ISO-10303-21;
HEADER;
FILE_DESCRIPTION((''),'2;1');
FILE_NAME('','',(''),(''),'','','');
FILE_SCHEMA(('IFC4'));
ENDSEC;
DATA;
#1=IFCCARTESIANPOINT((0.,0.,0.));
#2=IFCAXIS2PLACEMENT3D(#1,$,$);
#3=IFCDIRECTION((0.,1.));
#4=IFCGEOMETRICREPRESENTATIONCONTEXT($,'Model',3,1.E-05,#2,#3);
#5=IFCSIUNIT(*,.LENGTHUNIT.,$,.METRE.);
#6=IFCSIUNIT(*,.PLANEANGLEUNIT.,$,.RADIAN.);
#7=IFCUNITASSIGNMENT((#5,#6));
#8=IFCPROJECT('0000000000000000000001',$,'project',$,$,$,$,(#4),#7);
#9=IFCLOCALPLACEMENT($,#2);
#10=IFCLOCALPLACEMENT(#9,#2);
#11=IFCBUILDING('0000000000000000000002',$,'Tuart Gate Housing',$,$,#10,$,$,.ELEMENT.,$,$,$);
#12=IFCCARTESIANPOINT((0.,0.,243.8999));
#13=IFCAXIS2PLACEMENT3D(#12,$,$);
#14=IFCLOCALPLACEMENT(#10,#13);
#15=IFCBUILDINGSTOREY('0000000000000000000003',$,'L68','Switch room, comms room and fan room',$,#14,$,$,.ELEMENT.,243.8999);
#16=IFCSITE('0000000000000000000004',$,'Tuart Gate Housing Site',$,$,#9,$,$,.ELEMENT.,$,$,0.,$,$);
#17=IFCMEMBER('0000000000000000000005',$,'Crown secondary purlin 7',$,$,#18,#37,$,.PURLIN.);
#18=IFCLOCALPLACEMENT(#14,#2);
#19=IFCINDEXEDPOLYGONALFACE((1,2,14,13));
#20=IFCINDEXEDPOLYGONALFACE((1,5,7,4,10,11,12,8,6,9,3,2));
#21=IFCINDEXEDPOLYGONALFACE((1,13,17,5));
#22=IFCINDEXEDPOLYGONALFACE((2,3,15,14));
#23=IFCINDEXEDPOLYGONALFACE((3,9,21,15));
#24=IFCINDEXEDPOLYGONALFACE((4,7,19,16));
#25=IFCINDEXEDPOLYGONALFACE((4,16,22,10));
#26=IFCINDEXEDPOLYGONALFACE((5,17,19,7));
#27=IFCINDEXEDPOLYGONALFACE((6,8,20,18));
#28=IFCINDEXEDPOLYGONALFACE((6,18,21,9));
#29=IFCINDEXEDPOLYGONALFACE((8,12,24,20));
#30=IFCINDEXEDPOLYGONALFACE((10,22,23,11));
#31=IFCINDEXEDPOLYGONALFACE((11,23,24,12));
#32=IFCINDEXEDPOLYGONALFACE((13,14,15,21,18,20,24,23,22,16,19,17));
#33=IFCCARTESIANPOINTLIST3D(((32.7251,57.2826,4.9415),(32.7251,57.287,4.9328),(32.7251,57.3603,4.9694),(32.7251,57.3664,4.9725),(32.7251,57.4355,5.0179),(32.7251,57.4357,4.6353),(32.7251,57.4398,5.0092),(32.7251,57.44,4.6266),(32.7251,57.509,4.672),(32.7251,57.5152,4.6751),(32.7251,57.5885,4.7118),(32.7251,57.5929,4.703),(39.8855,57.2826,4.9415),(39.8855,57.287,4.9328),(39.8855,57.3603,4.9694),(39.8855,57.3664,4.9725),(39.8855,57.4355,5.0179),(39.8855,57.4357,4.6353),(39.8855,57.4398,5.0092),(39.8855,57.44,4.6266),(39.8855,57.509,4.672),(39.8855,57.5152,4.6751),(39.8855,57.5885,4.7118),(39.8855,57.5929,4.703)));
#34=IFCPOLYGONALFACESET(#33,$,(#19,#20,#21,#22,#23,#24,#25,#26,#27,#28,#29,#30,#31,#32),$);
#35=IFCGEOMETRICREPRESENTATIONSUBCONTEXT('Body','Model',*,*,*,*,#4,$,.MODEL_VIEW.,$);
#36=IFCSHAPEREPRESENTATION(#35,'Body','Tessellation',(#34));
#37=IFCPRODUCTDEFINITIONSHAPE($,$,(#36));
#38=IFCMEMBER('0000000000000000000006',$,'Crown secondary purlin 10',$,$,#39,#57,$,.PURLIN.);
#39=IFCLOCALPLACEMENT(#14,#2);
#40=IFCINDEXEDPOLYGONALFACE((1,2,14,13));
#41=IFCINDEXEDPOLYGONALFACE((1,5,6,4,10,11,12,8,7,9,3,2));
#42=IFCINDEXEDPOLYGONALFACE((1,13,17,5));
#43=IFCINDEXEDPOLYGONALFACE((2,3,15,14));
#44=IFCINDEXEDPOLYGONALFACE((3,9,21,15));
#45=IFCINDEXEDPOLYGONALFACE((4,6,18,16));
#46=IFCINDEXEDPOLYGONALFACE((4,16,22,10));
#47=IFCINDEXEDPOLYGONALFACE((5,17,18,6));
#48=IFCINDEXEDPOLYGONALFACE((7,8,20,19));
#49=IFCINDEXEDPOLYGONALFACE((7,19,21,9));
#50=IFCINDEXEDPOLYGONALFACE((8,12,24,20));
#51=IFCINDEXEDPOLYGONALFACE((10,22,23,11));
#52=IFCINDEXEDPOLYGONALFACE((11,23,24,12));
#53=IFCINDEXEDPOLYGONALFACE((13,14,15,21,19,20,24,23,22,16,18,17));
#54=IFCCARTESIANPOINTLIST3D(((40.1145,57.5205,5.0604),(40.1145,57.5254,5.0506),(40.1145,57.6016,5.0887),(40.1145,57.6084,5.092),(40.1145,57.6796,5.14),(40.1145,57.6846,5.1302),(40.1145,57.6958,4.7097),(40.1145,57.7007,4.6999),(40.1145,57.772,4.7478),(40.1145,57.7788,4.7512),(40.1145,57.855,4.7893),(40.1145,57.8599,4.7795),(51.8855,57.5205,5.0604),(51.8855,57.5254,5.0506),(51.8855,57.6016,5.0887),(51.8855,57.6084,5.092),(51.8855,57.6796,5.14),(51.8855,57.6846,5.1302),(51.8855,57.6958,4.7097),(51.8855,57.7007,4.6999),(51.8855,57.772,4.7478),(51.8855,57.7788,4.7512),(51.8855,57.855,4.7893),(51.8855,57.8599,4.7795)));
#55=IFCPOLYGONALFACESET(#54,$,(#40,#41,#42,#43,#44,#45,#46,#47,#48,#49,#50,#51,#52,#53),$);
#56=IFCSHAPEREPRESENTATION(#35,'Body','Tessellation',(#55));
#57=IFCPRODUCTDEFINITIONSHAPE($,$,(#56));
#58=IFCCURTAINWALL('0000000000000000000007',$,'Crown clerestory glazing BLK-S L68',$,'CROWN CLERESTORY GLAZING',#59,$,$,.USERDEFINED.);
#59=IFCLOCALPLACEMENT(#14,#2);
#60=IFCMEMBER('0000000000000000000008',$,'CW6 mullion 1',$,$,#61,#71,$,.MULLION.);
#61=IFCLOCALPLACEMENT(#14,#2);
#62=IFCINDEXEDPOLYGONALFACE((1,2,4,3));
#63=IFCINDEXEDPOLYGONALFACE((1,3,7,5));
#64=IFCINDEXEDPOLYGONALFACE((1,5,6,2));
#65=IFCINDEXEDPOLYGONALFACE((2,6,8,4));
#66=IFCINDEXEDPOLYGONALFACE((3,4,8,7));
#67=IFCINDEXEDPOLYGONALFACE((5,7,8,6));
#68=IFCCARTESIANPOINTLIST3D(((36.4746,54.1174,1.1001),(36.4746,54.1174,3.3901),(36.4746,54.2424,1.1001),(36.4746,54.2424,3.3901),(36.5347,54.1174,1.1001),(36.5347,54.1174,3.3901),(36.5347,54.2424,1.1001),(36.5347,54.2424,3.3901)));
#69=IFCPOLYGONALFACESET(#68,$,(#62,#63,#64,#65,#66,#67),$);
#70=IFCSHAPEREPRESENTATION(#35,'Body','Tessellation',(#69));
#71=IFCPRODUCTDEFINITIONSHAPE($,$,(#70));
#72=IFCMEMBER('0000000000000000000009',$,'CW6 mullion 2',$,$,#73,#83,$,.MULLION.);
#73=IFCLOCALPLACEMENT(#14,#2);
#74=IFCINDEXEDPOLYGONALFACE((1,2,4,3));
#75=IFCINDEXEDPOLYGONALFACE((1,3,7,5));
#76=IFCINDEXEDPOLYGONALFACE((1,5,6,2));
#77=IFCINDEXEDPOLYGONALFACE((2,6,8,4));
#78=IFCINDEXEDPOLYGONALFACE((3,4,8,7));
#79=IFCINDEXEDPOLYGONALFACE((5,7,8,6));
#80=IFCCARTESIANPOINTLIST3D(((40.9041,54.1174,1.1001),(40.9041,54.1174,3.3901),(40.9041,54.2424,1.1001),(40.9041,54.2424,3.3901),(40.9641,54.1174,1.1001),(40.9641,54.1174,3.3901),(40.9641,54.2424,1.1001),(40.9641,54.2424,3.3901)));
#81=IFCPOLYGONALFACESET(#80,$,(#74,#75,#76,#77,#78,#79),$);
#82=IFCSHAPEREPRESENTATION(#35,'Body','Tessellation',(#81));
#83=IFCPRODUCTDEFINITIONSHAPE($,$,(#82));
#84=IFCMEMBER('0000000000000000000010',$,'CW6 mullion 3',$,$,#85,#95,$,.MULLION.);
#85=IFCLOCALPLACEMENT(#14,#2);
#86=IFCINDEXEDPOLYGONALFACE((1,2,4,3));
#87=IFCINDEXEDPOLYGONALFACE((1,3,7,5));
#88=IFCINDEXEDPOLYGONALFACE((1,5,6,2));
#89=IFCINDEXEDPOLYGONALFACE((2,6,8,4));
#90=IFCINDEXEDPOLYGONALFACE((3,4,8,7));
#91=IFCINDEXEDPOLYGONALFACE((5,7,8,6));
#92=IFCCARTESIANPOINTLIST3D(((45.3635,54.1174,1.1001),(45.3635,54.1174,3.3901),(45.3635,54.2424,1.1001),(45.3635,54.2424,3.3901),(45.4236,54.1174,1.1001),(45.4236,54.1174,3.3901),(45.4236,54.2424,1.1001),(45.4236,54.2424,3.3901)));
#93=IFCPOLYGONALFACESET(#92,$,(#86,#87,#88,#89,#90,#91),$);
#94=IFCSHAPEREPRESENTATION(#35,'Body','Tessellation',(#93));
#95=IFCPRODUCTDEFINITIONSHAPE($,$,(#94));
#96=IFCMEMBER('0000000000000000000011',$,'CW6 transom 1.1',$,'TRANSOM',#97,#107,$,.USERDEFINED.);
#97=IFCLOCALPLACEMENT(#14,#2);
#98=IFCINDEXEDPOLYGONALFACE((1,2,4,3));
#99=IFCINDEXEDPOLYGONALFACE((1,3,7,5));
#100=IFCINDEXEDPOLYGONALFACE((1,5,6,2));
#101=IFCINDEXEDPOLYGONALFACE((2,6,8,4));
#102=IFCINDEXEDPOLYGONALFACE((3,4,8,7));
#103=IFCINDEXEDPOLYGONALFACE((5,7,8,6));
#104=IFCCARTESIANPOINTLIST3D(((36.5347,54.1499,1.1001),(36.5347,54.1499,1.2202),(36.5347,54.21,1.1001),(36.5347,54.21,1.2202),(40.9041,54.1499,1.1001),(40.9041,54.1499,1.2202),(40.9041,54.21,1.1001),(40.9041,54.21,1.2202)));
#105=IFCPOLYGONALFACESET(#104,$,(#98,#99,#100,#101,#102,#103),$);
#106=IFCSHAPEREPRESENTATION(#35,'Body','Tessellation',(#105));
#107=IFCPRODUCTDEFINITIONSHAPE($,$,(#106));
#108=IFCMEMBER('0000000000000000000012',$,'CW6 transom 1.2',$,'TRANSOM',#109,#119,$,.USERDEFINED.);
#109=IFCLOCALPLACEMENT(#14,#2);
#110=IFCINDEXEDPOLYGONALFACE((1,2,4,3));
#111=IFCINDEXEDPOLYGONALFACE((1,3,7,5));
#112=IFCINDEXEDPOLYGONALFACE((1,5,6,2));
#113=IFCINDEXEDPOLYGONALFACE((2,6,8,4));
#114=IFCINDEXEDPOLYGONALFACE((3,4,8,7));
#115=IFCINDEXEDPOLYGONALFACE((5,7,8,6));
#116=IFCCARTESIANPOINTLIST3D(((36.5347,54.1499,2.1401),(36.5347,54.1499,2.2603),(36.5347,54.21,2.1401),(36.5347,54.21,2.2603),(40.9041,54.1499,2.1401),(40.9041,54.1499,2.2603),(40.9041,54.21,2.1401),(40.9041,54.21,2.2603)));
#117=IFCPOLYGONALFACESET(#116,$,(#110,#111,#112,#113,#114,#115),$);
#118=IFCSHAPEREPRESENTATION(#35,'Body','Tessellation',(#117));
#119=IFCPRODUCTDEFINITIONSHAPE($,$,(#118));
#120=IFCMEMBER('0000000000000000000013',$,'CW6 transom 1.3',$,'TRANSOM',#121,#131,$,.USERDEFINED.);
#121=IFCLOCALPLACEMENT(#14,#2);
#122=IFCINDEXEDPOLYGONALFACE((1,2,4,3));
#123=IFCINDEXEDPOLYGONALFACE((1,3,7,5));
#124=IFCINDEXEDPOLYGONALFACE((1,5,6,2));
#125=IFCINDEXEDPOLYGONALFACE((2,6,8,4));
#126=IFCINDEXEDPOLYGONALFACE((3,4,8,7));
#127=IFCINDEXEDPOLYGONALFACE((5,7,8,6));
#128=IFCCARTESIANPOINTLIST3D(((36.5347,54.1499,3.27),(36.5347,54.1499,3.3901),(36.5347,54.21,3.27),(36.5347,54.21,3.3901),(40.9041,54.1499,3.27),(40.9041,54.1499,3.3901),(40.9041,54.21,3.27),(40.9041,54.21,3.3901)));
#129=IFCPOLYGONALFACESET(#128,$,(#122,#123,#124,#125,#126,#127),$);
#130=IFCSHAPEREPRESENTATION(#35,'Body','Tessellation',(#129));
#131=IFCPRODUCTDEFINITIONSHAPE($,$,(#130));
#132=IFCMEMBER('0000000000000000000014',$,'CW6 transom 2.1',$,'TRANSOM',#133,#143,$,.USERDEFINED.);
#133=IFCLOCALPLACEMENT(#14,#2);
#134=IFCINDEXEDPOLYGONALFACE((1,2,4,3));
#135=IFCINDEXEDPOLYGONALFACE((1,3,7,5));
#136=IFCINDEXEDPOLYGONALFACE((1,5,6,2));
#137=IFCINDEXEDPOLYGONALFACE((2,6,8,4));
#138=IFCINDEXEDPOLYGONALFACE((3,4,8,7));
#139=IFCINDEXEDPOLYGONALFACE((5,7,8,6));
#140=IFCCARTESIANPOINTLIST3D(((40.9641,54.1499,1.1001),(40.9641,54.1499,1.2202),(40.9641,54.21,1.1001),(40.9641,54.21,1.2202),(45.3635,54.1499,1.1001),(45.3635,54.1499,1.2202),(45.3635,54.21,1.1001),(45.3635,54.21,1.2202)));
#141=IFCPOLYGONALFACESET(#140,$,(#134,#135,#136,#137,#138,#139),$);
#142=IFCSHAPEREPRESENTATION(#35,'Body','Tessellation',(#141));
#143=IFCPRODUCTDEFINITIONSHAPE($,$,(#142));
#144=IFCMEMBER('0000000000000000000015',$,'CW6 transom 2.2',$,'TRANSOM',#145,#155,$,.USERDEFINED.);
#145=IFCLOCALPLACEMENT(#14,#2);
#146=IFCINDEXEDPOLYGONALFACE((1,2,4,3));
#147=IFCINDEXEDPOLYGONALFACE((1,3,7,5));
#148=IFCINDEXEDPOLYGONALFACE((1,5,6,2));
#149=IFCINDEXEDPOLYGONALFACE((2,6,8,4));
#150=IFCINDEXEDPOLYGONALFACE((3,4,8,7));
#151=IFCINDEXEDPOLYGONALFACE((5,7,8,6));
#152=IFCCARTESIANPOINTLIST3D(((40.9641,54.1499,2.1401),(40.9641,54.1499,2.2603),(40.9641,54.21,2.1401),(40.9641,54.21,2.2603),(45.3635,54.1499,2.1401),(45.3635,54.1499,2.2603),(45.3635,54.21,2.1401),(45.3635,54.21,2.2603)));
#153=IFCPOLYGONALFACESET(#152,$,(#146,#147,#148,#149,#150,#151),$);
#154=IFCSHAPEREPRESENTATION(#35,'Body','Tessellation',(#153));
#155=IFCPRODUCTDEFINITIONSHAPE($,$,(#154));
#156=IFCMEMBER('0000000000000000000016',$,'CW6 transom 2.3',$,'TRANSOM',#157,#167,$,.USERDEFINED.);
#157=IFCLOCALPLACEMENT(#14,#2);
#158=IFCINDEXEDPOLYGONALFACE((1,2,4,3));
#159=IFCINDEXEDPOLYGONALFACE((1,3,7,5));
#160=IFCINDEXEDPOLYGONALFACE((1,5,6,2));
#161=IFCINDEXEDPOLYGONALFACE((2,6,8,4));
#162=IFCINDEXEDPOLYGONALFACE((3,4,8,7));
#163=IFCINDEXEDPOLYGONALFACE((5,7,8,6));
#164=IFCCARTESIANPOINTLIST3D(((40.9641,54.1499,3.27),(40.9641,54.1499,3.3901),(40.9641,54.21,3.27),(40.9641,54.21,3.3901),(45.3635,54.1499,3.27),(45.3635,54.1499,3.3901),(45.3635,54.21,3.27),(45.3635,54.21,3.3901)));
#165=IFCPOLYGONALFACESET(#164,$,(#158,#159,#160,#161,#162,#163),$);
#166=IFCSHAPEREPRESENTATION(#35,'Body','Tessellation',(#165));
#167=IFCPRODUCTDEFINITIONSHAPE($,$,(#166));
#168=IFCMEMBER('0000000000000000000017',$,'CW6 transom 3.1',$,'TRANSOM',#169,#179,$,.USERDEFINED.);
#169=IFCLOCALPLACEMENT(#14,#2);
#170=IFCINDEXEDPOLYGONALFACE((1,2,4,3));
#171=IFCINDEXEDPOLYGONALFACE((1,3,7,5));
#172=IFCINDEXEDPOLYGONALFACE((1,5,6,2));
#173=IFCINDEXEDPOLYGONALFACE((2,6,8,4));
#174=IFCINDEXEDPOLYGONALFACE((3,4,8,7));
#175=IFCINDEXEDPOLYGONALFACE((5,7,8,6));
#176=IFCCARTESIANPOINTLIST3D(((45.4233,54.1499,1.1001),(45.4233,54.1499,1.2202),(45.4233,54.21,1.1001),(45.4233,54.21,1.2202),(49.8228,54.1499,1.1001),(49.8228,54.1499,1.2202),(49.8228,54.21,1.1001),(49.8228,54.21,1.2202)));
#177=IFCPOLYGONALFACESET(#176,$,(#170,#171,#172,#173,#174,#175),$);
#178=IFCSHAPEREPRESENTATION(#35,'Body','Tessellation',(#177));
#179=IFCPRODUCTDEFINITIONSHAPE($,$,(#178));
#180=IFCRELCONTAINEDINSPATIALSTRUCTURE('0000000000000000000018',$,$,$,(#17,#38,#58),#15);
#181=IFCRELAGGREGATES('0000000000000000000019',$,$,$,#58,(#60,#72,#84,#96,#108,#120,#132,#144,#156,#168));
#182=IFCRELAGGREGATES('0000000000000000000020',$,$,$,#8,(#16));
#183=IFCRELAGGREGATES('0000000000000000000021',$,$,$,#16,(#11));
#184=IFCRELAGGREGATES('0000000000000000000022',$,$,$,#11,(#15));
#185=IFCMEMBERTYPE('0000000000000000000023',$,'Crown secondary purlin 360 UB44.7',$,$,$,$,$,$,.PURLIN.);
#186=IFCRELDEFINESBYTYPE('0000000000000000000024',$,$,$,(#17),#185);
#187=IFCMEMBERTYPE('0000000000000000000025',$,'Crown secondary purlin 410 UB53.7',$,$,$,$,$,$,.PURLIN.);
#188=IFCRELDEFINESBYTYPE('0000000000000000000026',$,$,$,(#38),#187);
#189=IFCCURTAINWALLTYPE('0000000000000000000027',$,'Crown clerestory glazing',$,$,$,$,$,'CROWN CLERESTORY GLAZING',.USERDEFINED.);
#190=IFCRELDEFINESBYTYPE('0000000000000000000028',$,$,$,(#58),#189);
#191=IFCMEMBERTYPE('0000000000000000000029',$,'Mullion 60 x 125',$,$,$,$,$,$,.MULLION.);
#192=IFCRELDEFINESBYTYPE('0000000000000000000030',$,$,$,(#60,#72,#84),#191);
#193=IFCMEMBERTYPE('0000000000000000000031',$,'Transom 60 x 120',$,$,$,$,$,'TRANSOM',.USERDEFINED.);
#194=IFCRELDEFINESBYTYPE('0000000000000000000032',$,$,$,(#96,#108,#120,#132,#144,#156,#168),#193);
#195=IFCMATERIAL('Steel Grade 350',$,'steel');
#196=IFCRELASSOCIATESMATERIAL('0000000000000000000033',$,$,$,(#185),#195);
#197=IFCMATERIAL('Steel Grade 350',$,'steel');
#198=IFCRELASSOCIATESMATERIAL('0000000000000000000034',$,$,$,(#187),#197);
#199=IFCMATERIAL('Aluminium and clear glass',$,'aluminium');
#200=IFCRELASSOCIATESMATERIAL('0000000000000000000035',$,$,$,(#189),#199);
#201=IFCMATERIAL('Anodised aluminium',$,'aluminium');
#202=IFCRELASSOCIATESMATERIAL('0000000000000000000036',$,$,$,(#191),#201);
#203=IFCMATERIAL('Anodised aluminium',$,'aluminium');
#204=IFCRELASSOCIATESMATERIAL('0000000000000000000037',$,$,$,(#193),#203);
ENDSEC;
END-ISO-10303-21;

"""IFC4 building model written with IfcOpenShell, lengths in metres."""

from ifc_helpers import new_model, si_unit, direction, frame, origin, origin_2d, place, context, subcontext, project, spatial, rectangle, i_section, extrude, material, material_profile, profile_set, type_object, element, aggregate, save


model = new_model("IFC4")

# Units and contexts
model_context = context("Model", 3, precision=1e-05, world=origin(), true_north=direction((0.0, 1.0)))
body_context = subcontext(model_context, "Body", "Model", "MODEL_VIEW")
ifc_project = project(units=[si_unit("LENGTHUNIT", "METRE"), si_unit("PLANEANGLEUNIT", "RADIAN")], contexts=[model_context])

# Site, building, storey
site_placement = place(None, origin())
site = spatial("IfcSite", under=ifc_project, at=site_placement, Name="Tuart Gate Housing Site", CompositionType="ELEMENT", RefElevation=0.0)
building_placement = place(site_placement, origin())
building = spatial("IfcBuilding", under=site, at=building_placement, Name="Tuart Gate Housing", CompositionType="ELEMENT")
storey_placement = place(building_placement, frame((0.0, 0.0, 243.8999)))
storey = spatial("IfcBuildingStorey", under=building, at=storey_placement, Name="L68", Description="Switch room, comms room and fan room", CompositionType="ELEMENT", Elevation=243.8999)

# Members
ifc_material_1 = material(Name="Steel Grade 350", Category="steel")
ifc_material_profile_1 = material_profile(ifc_material_1, i_section(OverallWidth=0.1709, OverallDepth=0.3521, WebThickness=0.0068, FlangeThickness=0.0098, at=origin_2d()), Name="360UB44.7")
ifc_profile_set_1 = profile_set([ifc_material_profile_1], Name="Steel Grade 350")
member_type_1 = type_object("IfcMemberType", Name="Crown secondary purlin 360 UB44.7", PredefinedType="PURLIN", material=ifc_profile_set_1)
member_1_placement = place(storey_placement, frame((32.7251, 57.4377, 4.8223), z_axis=(1.0, 0.0, 0.0), x_axis=(0.0, 0.894427, 0.447214)))
element("IfcMember", 1, at=member_1_placement, inside=storey, type_object=member_type_1, Name="Crown secondary purlin 7", PredefinedType="PURLIN", context=body_context, shape_type="SweptSolid", body=[
    extrude(i_section(OverallWidth=0.1709, OverallDepth=0.3521, WebThickness=0.0068, FlangeThickness=0.0098, at=origin_2d()), origin(), (0.0, 0.0, 1.0), 7.1604),
])
ifc_material_2 = material(Name="Steel Grade 350", Category="steel")
ifc_material_profile_2 = material_profile(ifc_material_2, i_section(OverallWidth=0.178, OverallDepth=0.4031, WebThickness=0.0076, FlangeThickness=0.011, at=origin_2d()), Name="410UB53.7")
ifc_profile_set_2 = profile_set([ifc_material_profile_2], Name="Steel Grade 350")
member_type_2 = type_object("IfcMemberType", Name="Crown secondary purlin 410 UB53.7", PredefinedType="PURLIN", material=ifc_profile_set_2)
member_2_placement = place(storey_placement, frame((40.1145, 57.6902, 4.9199), z_axis=(1.0, 0.0, 0.0), x_axis=(0.0, 0.894427, 0.447214)))
element("IfcMember", 2, at=member_2_placement, inside=storey, type_object=member_type_2, Name="Crown secondary purlin 10", PredefinedType="PURLIN", context=body_context, shape_type="SweptSolid", body=[
    extrude(i_section(OverallWidth=0.178, OverallDepth=0.4031, WebThickness=0.0076, FlangeThickness=0.011, at=origin_2d()), origin(), (0.0, 0.0, 1.0), 11.771),
])

# Curtain wall, members
ifc_material_3 = material(Name="Aluminium and clear glass", Category="aluminium")
curtain_wall_type = type_object("IfcCurtainWallType", Name="Crown clerestory glazing", ElementType="CROWN CLERESTORY GLAZING", PredefinedType="USERDEFINED", material=ifc_material_3)
curtain_wall_placement = place(storey_placement, origin())
curtain_wall = element("IfcCurtainWall", 3, at=curtain_wall_placement, inside=storey, type_object=curtain_wall_type, Name="Crown clerestory glazing BLK-S L68", ObjectType="CROWN CLERESTORY GLAZING", PredefinedType="USERDEFINED")
ifc_material_4 = material(Name="Anodised aluminium", Category="aluminium")
ifc_material_profile_3 = material_profile(ifc_material_4, rectangle(XDim=0.0601, YDim=0.125, at=origin_2d()), Name="60x125")
ifc_profile_set_3 = profile_set([ifc_material_profile_3], Name="Anodised aluminium")
member_type_3 = type_object("IfcMemberType", Name="Mullion 60 x 125", PredefinedType="MULLION", material=ifc_profile_set_3)
member_3_placement = place(storey_placement, frame((36.5046, 54.1799, 1.1001), z_axis=(0.0, 0.0, 1.0), x_axis=(1.0, 0.0, 0.0)))
member_3 = element("IfcMember", 4, at=member_3_placement, type_object=member_type_3, Name="CW6 mullion 1", PredefinedType="MULLION", context=body_context, shape_type="SweptSolid", body=[
    extrude(rectangle(XDim=0.0601, YDim=0.125, at=origin_2d()), origin(), (0.0, 0.0, 1.0), 2.29),
])
member_4_placement = place(storey_placement, frame((40.9341, 54.1799, 1.1001), z_axis=(0.0, 0.0, 1.0), x_axis=(1.0, 0.0, 0.0)))
member_4 = element("IfcMember", 5, at=member_4_placement, type_object=member_type_3, Name="CW6 mullion 2", PredefinedType="MULLION", context=body_context, shape_type="SweptSolid", body=[
    extrude(rectangle(XDim=0.0601, YDim=0.125, at=origin_2d()), origin(), (0.0, 0.0, 1.0), 2.29),
])
member_5_placement = place(storey_placement, frame((45.3936, 54.1799, 1.1001), z_axis=(0.0, 0.0, 1.0), x_axis=(1.0, 0.0, 0.0)))
member_5 = element("IfcMember", 6, at=member_5_placement, type_object=member_type_3, Name="CW6 mullion 3", PredefinedType="MULLION", context=body_context, shape_type="SweptSolid", body=[
    extrude(rectangle(XDim=0.0601, YDim=0.125, at=origin_2d()), origin(), (0.0, 0.0, 1.0), 2.29),
])
ifc_material_5 = material(Name="Anodised aluminium", Category="aluminium")
ifc_material_profile_4 = material_profile(ifc_material_5, rectangle(XDim=0.0601, YDim=0.1201, at=origin_2d()), Name="60x120")
ifc_profile_set_4 = profile_set([ifc_material_profile_4], Name="Anodised aluminium")
member_type_4 = type_object("IfcMemberType", Name="Transom 60 x 120", ElementType="TRANSOM", PredefinedType="USERDEFINED", material=ifc_profile_set_4)
member_6_placement = place(storey_placement, frame((36.5347, 54.1799, 1.1602), z_axis=(1.0, 0.0, 0.0), x_axis=(0.0, 1.0, 0.0)))
member_6 = element("IfcMember", 7, at=member_6_placement, type_object=member_type_4, Name="CW6 transom 1.1", ObjectType="TRANSOM", PredefinedType="USERDEFINED", context=body_context, shape_type="SweptSolid", body=[
    extrude(rectangle(XDim=0.0601, YDim=0.1201, at=origin_2d()), origin(), (0.0, 0.0, 1.0), 4.3694),
])
member_7_placement = place(storey_placement, frame((36.5347, 54.1799, 2.2002), z_axis=(1.0, 0.0, 0.0), x_axis=(0.0, 1.0, 0.0)))
member_7 = element("IfcMember", 8, at=member_7_placement, type_object=member_type_4, Name="CW6 transom 1.2", ObjectType="TRANSOM", PredefinedType="USERDEFINED", context=body_context, shape_type="SweptSolid", body=[
    extrude(rectangle(XDim=0.0601, YDim=0.1201, at=origin_2d()), origin(), (0.0, 0.0, 1.0), 4.3694),
])
member_8_placement = place(storey_placement, frame((36.5347, 54.1799, 3.3301), z_axis=(1.0, 0.0, 0.0), x_axis=(0.0, 1.0, 0.0)))
member_8 = element("IfcMember", 9, at=member_8_placement, type_object=member_type_4, Name="CW6 transom 1.3", ObjectType="TRANSOM", PredefinedType="USERDEFINED", context=body_context, shape_type="SweptSolid", body=[
    extrude(rectangle(XDim=0.0601, YDim=0.1201, at=origin_2d()), origin(), (0.0, 0.0, 1.0), 4.3694),
])
member_9_placement = place(storey_placement, frame((40.9641, 54.1799, 1.1602), z_axis=(1.0, 0.0, 0.0), x_axis=(0.0, 1.0, 0.0)))
member_9 = element("IfcMember", 10, at=member_9_placement, type_object=member_type_4, Name="CW6 transom 2.1", ObjectType="TRANSOM", PredefinedType="USERDEFINED", context=body_context, shape_type="SweptSolid", body=[
    extrude(rectangle(XDim=0.0601, YDim=0.1201, at=origin_2d()), origin(), (0.0, 0.0, 1.0), 4.3994),
])
member_10_placement = place(storey_placement, frame((40.9641, 54.1799, 2.2002), z_axis=(1.0, 0.0, 0.0), x_axis=(0.0, 1.0, 0.0)))
member_10 = element("IfcMember", 11, at=member_10_placement, type_object=member_type_4, Name="CW6 transom 2.2", ObjectType="TRANSOM", PredefinedType="USERDEFINED", context=body_context, shape_type="SweptSolid", body=[
    extrude(rectangle(XDim=0.0601, YDim=0.1201, at=origin_2d()), origin(), (0.0, 0.0, 1.0), 4.3994),
])
member_11_placement = place(storey_placement, frame((40.9641, 54.1799, 3.3301), z_axis=(1.0, 0.0, 0.0), x_axis=(0.0, 1.0, 0.0)))
member_11 = element("IfcMember", 12, at=member_11_placement, type_object=member_type_4, Name="CW6 transom 2.3", ObjectType="TRANSOM", PredefinedType="USERDEFINED", context=body_context, shape_type="SweptSolid", body=[
    extrude(rectangle(XDim=0.0601, YDim=0.1201, at=origin_2d()), origin(), (0.0, 0.0, 1.0), 4.3994),
])
member_12_placement = place(storey_placement, frame((45.4233, 54.1799, 1.1602), z_axis=(1.0, 0.0, 0.0), x_axis=(0.0, 1.0, 0.0)))
member_12 = element("IfcMember", 13, at=member_12_placement, type_object=member_type_4, Name="CW6 transom 3.1", ObjectType="TRANSOM", PredefinedType="USERDEFINED", context=body_context, shape_type="SweptSolid", body=[
    extrude(rectangle(XDim=0.0601, YDim=0.1201, at=origin_2d()), origin(), (0.0, 0.0, 1.0), 4.3994),
])

aggregate(curtain_wall, [member_3, member_4, member_5, member_6, member_7, member_8, member_9, member_10, member_11, member_12])

save(model, "model.ifc")
